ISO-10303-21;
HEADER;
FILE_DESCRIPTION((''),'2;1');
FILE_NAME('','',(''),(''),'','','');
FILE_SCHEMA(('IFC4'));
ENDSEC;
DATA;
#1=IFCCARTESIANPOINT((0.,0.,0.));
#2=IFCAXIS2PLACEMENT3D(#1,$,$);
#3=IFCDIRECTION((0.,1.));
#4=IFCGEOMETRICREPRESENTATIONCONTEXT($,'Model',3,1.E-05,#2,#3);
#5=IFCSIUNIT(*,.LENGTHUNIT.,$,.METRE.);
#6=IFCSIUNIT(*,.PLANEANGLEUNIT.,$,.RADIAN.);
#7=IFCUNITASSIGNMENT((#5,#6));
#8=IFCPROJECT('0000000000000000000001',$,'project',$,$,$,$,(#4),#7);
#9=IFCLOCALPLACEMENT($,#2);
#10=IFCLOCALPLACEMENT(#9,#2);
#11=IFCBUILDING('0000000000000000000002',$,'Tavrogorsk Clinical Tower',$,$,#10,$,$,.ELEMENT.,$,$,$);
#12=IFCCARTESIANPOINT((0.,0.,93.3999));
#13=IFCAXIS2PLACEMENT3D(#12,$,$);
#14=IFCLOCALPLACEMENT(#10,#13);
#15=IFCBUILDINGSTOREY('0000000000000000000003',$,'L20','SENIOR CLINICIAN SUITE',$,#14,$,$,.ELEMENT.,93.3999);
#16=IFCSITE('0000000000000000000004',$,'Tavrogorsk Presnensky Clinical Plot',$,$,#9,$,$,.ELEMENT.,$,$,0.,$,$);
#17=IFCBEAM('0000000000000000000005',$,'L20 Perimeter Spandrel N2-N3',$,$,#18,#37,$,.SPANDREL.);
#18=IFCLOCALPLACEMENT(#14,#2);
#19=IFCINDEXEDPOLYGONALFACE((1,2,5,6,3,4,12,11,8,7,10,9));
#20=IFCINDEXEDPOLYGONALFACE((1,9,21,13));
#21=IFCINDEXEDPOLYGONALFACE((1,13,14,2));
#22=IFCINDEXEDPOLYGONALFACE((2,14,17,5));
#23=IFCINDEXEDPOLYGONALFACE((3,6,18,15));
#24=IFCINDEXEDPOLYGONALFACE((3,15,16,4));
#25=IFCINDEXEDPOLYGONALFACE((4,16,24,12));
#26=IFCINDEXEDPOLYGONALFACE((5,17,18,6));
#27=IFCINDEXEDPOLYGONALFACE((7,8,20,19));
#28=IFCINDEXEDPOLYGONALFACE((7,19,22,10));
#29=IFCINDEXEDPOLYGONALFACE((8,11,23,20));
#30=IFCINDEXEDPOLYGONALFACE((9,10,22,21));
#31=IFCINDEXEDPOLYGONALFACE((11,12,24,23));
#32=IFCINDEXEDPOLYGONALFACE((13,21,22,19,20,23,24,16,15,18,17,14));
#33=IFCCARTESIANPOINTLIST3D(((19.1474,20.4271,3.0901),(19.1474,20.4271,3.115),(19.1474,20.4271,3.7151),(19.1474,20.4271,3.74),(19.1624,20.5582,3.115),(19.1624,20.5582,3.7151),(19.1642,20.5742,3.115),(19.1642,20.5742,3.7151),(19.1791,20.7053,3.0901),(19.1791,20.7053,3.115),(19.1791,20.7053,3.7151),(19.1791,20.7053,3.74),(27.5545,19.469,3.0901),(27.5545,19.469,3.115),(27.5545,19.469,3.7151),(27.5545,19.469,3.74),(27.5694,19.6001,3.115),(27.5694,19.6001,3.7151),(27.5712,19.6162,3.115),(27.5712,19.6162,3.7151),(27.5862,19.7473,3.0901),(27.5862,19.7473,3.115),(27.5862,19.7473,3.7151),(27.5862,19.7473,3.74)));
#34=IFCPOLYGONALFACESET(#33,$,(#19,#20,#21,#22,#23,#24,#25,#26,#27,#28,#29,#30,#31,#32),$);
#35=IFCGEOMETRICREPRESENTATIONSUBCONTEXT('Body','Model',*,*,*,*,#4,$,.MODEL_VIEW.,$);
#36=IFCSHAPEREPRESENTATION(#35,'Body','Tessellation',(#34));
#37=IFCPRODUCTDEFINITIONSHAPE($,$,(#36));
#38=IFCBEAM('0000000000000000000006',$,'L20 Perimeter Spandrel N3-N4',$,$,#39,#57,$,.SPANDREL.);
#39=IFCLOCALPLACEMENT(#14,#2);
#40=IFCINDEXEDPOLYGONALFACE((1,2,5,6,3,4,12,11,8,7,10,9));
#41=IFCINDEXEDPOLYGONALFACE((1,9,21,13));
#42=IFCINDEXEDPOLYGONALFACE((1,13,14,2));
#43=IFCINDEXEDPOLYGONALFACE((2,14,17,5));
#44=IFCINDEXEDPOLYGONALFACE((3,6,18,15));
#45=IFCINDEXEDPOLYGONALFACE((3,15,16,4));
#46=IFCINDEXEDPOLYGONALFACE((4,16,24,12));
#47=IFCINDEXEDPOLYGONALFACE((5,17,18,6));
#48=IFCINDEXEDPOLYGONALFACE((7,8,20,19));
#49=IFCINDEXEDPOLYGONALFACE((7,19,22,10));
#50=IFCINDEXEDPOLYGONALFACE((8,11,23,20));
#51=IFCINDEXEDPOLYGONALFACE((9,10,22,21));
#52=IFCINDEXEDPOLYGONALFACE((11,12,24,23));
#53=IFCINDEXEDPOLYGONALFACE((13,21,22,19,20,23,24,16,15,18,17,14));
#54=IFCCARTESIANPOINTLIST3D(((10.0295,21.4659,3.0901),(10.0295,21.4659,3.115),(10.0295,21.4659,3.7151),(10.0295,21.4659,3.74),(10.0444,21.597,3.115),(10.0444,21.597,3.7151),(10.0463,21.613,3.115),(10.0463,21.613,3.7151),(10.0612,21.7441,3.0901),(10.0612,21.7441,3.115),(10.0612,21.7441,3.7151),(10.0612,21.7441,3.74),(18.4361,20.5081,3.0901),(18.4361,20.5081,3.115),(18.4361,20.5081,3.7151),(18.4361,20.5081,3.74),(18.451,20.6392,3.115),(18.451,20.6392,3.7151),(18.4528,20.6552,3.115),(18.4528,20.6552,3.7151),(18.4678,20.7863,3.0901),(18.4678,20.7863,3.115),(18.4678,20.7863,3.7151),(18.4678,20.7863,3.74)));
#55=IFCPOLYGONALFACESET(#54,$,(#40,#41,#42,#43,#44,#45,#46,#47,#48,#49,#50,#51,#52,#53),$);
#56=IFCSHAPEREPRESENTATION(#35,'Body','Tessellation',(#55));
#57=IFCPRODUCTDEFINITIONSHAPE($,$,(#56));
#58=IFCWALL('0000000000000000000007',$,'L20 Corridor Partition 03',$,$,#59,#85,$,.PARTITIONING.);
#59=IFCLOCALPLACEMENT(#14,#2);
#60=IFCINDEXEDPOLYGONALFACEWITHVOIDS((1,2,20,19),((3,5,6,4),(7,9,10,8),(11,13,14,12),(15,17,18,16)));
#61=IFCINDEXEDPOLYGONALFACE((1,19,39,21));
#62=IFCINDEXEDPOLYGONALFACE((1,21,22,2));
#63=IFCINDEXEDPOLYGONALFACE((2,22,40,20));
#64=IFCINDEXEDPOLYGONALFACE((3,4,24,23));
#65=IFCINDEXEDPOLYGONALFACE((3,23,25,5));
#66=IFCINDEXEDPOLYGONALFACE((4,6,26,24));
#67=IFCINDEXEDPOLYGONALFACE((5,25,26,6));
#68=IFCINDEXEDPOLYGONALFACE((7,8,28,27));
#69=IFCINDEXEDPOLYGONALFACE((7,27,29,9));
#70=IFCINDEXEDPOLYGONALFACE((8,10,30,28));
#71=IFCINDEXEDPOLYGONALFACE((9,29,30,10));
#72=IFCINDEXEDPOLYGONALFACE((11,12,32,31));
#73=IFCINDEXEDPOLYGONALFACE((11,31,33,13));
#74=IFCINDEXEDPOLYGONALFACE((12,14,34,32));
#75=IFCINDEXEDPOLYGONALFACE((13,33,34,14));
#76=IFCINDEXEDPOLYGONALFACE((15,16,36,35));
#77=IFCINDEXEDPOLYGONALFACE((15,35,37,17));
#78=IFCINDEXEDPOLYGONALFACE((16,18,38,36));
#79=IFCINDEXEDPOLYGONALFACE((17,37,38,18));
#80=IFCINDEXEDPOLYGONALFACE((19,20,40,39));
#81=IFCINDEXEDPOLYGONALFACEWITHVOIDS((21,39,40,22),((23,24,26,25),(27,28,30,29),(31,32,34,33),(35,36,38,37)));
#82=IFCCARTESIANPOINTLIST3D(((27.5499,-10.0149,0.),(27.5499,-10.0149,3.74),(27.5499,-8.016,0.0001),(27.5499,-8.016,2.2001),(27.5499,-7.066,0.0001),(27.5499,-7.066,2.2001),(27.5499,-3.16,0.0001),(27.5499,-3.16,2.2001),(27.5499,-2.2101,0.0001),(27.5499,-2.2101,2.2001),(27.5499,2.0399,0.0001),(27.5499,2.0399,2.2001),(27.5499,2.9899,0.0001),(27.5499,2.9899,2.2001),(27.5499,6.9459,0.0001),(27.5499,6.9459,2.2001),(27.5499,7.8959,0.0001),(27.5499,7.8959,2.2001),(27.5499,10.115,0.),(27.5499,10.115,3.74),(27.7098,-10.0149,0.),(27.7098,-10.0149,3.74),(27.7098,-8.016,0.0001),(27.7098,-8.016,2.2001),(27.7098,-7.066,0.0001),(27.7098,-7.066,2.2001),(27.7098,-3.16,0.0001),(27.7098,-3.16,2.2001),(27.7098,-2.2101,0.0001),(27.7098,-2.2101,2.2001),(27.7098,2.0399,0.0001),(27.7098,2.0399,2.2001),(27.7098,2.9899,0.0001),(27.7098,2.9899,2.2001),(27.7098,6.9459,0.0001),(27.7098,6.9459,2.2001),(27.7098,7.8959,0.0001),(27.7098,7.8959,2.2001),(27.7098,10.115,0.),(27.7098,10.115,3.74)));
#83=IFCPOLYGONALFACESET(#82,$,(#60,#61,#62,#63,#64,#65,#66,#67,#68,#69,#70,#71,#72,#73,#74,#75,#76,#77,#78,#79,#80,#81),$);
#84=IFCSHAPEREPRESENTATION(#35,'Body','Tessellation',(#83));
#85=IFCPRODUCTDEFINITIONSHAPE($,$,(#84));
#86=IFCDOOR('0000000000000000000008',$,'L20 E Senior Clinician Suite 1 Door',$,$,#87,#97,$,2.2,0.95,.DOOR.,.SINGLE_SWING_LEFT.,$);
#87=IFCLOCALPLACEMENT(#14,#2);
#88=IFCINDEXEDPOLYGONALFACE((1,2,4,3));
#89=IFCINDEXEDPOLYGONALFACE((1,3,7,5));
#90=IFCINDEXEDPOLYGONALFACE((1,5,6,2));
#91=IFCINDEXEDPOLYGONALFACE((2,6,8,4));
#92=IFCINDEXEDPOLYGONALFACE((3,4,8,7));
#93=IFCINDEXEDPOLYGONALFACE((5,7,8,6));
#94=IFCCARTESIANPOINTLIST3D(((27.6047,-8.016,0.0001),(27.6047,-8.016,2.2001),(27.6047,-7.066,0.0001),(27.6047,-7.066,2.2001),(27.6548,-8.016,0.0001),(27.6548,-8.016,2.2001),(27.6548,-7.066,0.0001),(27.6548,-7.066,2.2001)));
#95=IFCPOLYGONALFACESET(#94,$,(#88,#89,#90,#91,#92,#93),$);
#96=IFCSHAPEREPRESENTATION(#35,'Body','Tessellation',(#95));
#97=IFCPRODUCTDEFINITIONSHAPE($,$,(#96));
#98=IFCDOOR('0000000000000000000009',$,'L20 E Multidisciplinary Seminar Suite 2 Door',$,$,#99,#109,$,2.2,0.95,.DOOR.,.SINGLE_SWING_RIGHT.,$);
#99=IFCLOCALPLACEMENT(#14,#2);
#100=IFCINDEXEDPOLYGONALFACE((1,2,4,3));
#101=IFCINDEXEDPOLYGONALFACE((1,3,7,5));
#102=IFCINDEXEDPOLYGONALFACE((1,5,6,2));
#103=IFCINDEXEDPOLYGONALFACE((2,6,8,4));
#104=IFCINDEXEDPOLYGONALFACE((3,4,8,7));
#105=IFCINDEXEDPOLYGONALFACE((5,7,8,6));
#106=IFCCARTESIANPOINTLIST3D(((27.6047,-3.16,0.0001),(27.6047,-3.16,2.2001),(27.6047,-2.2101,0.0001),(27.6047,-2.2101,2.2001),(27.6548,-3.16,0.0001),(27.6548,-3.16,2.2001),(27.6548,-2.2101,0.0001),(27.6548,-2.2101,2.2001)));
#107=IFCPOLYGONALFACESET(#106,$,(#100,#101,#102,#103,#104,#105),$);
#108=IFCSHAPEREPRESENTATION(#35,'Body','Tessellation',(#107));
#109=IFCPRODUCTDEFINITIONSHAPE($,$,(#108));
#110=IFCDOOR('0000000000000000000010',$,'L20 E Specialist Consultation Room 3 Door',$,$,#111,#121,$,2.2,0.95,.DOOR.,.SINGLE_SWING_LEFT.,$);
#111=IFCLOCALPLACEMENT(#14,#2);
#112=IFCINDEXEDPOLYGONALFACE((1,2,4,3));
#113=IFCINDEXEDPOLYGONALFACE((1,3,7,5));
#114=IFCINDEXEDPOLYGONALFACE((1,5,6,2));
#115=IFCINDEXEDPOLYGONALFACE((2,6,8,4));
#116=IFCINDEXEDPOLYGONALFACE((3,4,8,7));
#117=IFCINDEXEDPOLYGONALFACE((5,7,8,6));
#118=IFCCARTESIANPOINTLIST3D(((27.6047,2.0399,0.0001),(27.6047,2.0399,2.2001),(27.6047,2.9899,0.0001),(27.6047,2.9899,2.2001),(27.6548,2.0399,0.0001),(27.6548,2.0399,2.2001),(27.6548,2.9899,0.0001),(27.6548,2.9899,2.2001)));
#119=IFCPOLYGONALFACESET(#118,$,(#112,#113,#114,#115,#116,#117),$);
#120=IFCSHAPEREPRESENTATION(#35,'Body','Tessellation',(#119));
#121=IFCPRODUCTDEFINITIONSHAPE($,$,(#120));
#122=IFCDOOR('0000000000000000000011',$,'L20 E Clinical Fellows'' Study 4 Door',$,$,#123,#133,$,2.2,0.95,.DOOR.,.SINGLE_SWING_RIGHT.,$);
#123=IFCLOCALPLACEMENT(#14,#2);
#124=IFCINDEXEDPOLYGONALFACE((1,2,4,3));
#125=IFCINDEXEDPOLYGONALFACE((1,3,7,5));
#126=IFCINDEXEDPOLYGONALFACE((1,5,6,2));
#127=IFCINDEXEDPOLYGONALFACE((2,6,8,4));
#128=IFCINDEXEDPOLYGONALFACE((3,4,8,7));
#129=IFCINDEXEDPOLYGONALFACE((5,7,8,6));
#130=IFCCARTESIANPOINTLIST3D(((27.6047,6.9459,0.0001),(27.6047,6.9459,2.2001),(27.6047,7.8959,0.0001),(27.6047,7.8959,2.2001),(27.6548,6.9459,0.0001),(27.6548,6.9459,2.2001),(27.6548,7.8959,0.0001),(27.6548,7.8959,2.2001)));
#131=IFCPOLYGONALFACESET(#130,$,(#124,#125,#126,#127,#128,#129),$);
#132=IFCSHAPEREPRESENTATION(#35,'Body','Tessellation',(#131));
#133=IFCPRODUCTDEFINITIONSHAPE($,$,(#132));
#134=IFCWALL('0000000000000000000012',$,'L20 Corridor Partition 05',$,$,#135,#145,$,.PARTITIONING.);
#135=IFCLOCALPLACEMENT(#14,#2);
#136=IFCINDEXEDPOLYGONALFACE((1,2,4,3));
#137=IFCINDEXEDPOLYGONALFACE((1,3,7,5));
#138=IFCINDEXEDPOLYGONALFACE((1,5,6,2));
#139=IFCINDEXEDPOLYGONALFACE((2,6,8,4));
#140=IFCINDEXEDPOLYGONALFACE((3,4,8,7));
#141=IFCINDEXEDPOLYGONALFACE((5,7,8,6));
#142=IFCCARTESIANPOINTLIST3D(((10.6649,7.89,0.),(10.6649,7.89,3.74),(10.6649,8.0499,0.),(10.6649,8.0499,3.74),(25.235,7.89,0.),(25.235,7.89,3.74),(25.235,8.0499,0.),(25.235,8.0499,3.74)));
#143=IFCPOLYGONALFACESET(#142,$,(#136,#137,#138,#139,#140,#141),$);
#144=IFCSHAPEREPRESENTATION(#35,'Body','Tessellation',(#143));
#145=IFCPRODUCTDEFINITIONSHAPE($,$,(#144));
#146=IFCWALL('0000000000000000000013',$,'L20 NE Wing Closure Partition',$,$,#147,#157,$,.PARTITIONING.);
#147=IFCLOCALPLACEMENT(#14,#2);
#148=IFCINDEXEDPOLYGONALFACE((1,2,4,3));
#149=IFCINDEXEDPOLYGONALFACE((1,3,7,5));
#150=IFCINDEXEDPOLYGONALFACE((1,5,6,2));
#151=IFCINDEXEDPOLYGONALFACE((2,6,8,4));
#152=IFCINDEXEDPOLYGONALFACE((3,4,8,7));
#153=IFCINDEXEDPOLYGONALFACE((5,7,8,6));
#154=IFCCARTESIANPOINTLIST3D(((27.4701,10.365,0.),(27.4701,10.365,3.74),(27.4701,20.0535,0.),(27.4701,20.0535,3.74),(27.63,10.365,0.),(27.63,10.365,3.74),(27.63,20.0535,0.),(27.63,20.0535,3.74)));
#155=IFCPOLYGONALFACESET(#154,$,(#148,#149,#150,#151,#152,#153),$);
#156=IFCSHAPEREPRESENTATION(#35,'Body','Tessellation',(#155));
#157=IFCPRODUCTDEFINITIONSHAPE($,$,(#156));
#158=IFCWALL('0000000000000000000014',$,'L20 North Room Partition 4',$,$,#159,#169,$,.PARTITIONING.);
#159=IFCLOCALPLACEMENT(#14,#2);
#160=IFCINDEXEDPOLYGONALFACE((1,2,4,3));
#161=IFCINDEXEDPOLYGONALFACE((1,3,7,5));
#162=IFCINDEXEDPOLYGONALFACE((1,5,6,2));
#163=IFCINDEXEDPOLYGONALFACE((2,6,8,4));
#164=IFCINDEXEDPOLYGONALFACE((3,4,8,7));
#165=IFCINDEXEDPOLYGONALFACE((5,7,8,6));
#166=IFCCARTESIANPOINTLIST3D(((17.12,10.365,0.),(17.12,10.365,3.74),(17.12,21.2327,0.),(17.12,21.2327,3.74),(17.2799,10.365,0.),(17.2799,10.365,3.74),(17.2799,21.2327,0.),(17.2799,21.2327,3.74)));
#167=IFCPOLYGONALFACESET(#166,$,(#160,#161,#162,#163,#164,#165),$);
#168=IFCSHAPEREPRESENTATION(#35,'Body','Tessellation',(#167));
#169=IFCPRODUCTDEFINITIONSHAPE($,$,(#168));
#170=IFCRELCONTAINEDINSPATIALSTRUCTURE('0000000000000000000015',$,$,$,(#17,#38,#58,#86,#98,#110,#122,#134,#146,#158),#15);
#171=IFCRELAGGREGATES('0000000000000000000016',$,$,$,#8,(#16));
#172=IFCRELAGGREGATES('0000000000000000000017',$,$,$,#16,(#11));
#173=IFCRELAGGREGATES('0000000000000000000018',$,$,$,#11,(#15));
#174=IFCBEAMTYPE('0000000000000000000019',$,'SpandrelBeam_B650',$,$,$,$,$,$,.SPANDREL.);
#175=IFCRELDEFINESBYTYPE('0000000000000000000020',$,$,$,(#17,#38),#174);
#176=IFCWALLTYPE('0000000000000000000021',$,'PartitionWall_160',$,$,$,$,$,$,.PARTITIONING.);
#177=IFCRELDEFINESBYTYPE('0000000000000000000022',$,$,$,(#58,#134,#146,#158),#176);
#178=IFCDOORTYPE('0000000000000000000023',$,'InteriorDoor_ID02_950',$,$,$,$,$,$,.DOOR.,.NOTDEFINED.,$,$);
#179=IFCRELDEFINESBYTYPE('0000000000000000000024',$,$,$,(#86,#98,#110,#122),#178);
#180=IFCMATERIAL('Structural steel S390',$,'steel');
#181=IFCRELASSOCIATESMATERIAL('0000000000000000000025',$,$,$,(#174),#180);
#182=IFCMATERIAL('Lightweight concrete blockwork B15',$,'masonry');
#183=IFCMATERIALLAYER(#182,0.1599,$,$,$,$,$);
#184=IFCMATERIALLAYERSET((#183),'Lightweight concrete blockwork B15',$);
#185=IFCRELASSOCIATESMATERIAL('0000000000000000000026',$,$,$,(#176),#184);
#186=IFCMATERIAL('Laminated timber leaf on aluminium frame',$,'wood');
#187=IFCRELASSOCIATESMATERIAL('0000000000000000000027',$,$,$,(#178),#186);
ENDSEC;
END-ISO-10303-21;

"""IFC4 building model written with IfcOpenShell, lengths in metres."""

from ifc_helpers import new_model, si_unit, direction, frame, frame_2d, origin, origin_2d, place, context, subcontext, project, spatial, rectangle, i_section, extrude, material, layer, layer_set, material_profile, profile_set, type_object, element, fill, save


model = new_model("IFC4")

# Units and contexts
model_context = context("Model", 3, precision=1e-05, world=origin(), true_north=direction((0.0, 1.0)))
body_context = subcontext(model_context, "Body", "Model", "MODEL_VIEW")
ifc_project = project(units=[si_unit("LENGTHUNIT", "METRE"), si_unit("PLANEANGLEUNIT", "RADIAN")], contexts=[model_context])

# Site, building, storey
site_placement = place(None, origin())
site = spatial("IfcSite", under=ifc_project, at=site_placement, Name="Tavrogorsk Presnensky Clinical Plot", CompositionType="ELEMENT", RefElevation=0.0)
building_placement = place(site_placement, origin())
building = spatial("IfcBuilding", under=site, at=building_placement, Name="Tavrogorsk Clinical Tower", CompositionType="ELEMENT")
storey_placement = place(building_placement, frame((0.0, 0.0, 93.3999)))
storey = spatial("IfcBuildingStorey", under=building, at=storey_placement, Name="L20", Description="SENIOR CLINICIAN SUITE", CompositionType="ELEMENT", Elevation=93.3999)

# Beams
ifc_material_1 = material(Name="Structural steel S390", Category="steel")
ifc_material_profile_1 = material_profile(ifc_material_1, i_section(OverallWidth=0.28, OverallDepth=0.6499, WebThickness=0.0161, FlangeThickness=0.0249, at=origin_2d()), Name="B-650x280x16x25")
ifc_profile_set_1 = profile_set([ifc_material_profile_1], Name="Structural steel S390")
beam_type_1 = type_object("IfcBeamType", Name="SpandrelBeam_B650", PredefinedType="SPANDREL", material=ifc_profile_set_1)
beam_1_placement = place(storey_placement, frame((27.5703, 19.6082, 3.415), z_axis=(-0.99357, 0.113221, 0.0), x_axis=(-0.113221, -0.99357, 0.0)))
element("IfcBeam", 1, at=beam_1_placement, inside=storey, type_object=beam_type_1, Name="L20 Perimeter Spandrel N2-N3", PredefinedType="SPANDREL", context=body_context, shape_type="SweptSolid", body=[
    extrude(i_section(OverallWidth=0.28, OverallDepth=0.6499, WebThickness=0.0161, FlangeThickness=0.0249, at=origin_2d()), origin(), (0.0, 0.0, 1.0), 8.4614),
])
beam_2_placement = place(storey_placement, frame((18.4519, 20.6472, 3.415), z_axis=(-0.993572, 0.113199, 0.0), x_axis=(-0.113199, -0.993572, 0.0)))
element("IfcBeam", 2, at=beam_2_placement, inside=storey, type_object=beam_type_1, Name="L20 Perimeter Spandrel N3-N4", PredefinedType="SPANDREL", context=body_context, shape_type="SweptSolid", body=[
    extrude(i_section(OverallWidth=0.28, OverallDepth=0.6499, WebThickness=0.0161, FlangeThickness=0.0249, at=origin_2d()), origin(), (0.0, 0.0, 1.0), 8.4609),
])

# Wall, openings, doors
ifc_material_2 = material(Name="Lightweight concrete blockwork B15", Category="masonry")
ifc_layer_1 = layer(ifc_material_2, 0.1599)
ifc_layer_set_1 = layer_set([ifc_layer_1], Name="Lightweight concrete blockwork B15")
wall_type_1 = type_object("IfcWallType", Name="PartitionWall_160", PredefinedType="PARTITIONING", material=ifc_layer_set_1)
wall_1_placement = place(storey_placement, frame((27.6299, 10.115, 0.0), z_axis=(0.0, 0.0, 1.0), x_axis=(0.0, -1.0, 0.0)))
wall_1 = element("IfcWall", 3, at=wall_1_placement, inside=storey, type_object=wall_type_1, Name="L20 Corridor Partition 03", PredefinedType="PARTITIONING", context=body_context, shape_type="SweptSolid", body=[
    extrude(rectangle(XDim=20.1299, YDim=0.1599, at=frame_2d((10.0649, 0.0))), origin(), (0.0, 0.0, 1.0), 3.74),
])
opening_1_placement = place(wall_1_placement, frame((17.1809, 0.0, 0.0)))
opening_1 = element("IfcOpeningElement", 4, at=opening_1_placement, cuts=wall_1, PredefinedType="OPENING", context=body_context, shape_type="SweptSolid", body=[
    extrude(rectangle(XDim=0.95, YDim=2.2, at=frame_2d((0.4751, 1.1001))), frame((0.0, 0.0898, 0.0), z_axis=(0.0, -1.0, 0.0), x_axis=(1.0, 0.0, 0.0)), (0.0, 0.0, 1.0), 0.1799),
])
opening_2_placement = place(wall_1_placement, frame((12.325, 0.0, 0.0)))
opening_2 = element("IfcOpeningElement", 5, at=opening_2_placement, cuts=wall_1, PredefinedType="OPENING", context=body_context, shape_type="SweptSolid", body=[
    extrude(rectangle(XDim=0.95, YDim=2.2, at=frame_2d((0.4751, 1.1001))), frame((0.0, 0.0898, 0.0), z_axis=(0.0, -1.0, 0.0), x_axis=(1.0, 0.0, 0.0)), (0.0, 0.0, 1.0), 0.1799),
])
opening_3_placement = place(wall_1_placement, frame((7.125, 0.0, 0.0)))
opening_3 = element("IfcOpeningElement", 6, at=opening_3_placement, cuts=wall_1, PredefinedType="OPENING", context=body_context, shape_type="SweptSolid", body=[
    extrude(rectangle(XDim=0.95, YDim=2.2, at=frame_2d((0.4751, 1.1001))), frame((0.0, 0.0898, 0.0), z_axis=(0.0, -1.0, 0.0), x_axis=(1.0, 0.0, 0.0)), (0.0, 0.0, 1.0), 0.1799),
])
opening_4_placement = place(wall_1_placement, frame((2.219, 0.0, 0.0)))
opening_4 = element("IfcOpeningElement", 7, at=opening_4_placement, cuts=wall_1, PredefinedType="OPENING", context=body_context, shape_type="SweptSolid", body=[
    extrude(rectangle(XDim=0.95, YDim=2.2, at=frame_2d((0.4751, 1.1001))), frame((0.0, 0.0898, 0.0), z_axis=(0.0, -1.0, 0.0), x_axis=(1.0, 0.0, 0.0)), (0.0, 0.0, 1.0), 0.1799),
])
ifc_material_3 = material(Name="Laminated timber leaf on aluminium frame", Category="wood")
door_type = type_object("IfcDoorType", Name="InteriorDoor_ID02_950", OperationType="NOTDEFINED", PredefinedType="DOOR", material=ifc_material_3)
door_1_placement = place(opening_1_placement, origin())
door_1 = element("IfcDoor", 8, at=door_1_placement, inside=storey, type_object=door_type, Name="L20 E Senior Clinician Suite 1 Door", OperationType="SINGLE_SWING_LEFT", OverallHeight=2.2, OverallWidth=0.95, PredefinedType="DOOR", context=body_context, shape_type="SweptSolid", body=[
    extrude(rectangle(XDim=0.95, YDim=2.2, at=frame_2d((0.4751, 1.1001))), frame((0.0, 0.0249, 0.0), z_axis=(0.0, -1.0, 0.0), x_axis=(1.0, 0.0, 0.0)), (0.0, 0.0, 1.0), 0.05),
])
fill(opening_1, door_1)
door_2_placement = place(opening_2_placement, origin())
door_2 = element("IfcDoor", 9, at=door_2_placement, inside=storey, type_object=door_type, Name="L20 E Multidisciplinary Seminar Suite 2 Door", OperationType="SINGLE_SWING_RIGHT", OverallHeight=2.2, OverallWidth=0.95, PredefinedType="DOOR", context=body_context, shape_type="SweptSolid", body=[
    extrude(rectangle(XDim=0.95, YDim=2.2, at=frame_2d((0.4751, 1.1001))), frame((0.0, 0.0249, 0.0), z_axis=(0.0, -1.0, 0.0), x_axis=(1.0, 0.0, 0.0)), (0.0, 0.0, 1.0), 0.05),
])
fill(opening_2, door_2)
door_3_placement = place(opening_3_placement, origin())
door_3 = element("IfcDoor", 10, at=door_3_placement, inside=storey, type_object=door_type, Name="L20 E Specialist Consultation Room 3 Door", OperationType="SINGLE_SWING_LEFT", OverallHeight=2.2, OverallWidth=0.95, PredefinedType="DOOR", context=body_context, shape_type="SweptSolid", body=[
    extrude(rectangle(XDim=0.95, YDim=2.2, at=frame_2d((0.4751, 1.1001))), frame((0.0, 0.0249, 0.0), z_axis=(0.0, -1.0, 0.0), x_axis=(1.0, 0.0, 0.0)), (0.0, 0.0, 1.0), 0.05),
])
fill(opening_3, door_3)
door_4_placement = place(opening_4_placement, origin())
door_4 = element("IfcDoor", 11, at=door_4_placement, inside=storey, type_object=door_type, Name="L20 E Clinical Fellows' Study 4 Door", OperationType="SINGLE_SWING_RIGHT", OverallHeight=2.2, OverallWidth=0.95, PredefinedType="DOOR", context=body_context, shape_type="SweptSolid", body=[
    extrude(rectangle(XDim=0.95, YDim=2.2, at=frame_2d((0.4751, 1.1001))), frame((0.0, 0.0249, 0.0), z_axis=(0.0, -1.0, 0.0), x_axis=(1.0, 0.0, 0.0)), (0.0, 0.0, 1.0), 0.05),
])
fill(opening_4, door_4)

# Walls
wall_2_placement = place(storey_placement, frame((25.2351, 7.97, 0.0), z_axis=(0.0, 0.0, 1.0), x_axis=(-1.0, 0.0, 0.0)))
element("IfcWall", 12, at=wall_2_placement, inside=storey, type_object=wall_type_1, Name="L20 Corridor Partition 05", PredefinedType="PARTITIONING", context=body_context, shape_type="SweptSolid", body=[
    extrude(rectangle(XDim=14.5701, YDim=0.1599, at=frame_2d((7.2852, 0.0))), origin(), (0.0, 0.0, 1.0), 3.74),
])
wall_3_placement = place(storey_placement, frame((27.55, 10.365, 0.0), z_axis=(0.0, 0.0, 1.0), x_axis=(0.0, 1.0, 0.0)))
element("IfcWall", 13, at=wall_3_placement, inside=storey, type_object=wall_type_1, Name="L20 NE Wing Closure Partition", PredefinedType="PARTITIONING", context=body_context, shape_type="SweptSolid", body=[
    extrude(rectangle(XDim=9.6885, YDim=0.1599, at=frame_2d((4.8442, 0.0))), origin(), (0.0, 0.0, 1.0), 3.74),
])
wall_4_placement = place(storey_placement, frame((17.2, 10.365, 0.0), z_axis=(0.0, 0.0, 1.0), x_axis=(0.0, 1.0, 0.0)))
element("IfcWall", 14, at=wall_4_placement, inside=storey, type_object=wall_type_1, Name="L20 North Room Partition 4", PredefinedType="PARTITIONING", context=body_context, shape_type="SweptSolid", body=[
    extrude(rectangle(XDim=10.8677, YDim=0.1599, at=frame_2d((5.4338, 0.0))), origin(), (0.0, 0.0, 1.0), 3.74),
])

save(model, "model.ifc")
